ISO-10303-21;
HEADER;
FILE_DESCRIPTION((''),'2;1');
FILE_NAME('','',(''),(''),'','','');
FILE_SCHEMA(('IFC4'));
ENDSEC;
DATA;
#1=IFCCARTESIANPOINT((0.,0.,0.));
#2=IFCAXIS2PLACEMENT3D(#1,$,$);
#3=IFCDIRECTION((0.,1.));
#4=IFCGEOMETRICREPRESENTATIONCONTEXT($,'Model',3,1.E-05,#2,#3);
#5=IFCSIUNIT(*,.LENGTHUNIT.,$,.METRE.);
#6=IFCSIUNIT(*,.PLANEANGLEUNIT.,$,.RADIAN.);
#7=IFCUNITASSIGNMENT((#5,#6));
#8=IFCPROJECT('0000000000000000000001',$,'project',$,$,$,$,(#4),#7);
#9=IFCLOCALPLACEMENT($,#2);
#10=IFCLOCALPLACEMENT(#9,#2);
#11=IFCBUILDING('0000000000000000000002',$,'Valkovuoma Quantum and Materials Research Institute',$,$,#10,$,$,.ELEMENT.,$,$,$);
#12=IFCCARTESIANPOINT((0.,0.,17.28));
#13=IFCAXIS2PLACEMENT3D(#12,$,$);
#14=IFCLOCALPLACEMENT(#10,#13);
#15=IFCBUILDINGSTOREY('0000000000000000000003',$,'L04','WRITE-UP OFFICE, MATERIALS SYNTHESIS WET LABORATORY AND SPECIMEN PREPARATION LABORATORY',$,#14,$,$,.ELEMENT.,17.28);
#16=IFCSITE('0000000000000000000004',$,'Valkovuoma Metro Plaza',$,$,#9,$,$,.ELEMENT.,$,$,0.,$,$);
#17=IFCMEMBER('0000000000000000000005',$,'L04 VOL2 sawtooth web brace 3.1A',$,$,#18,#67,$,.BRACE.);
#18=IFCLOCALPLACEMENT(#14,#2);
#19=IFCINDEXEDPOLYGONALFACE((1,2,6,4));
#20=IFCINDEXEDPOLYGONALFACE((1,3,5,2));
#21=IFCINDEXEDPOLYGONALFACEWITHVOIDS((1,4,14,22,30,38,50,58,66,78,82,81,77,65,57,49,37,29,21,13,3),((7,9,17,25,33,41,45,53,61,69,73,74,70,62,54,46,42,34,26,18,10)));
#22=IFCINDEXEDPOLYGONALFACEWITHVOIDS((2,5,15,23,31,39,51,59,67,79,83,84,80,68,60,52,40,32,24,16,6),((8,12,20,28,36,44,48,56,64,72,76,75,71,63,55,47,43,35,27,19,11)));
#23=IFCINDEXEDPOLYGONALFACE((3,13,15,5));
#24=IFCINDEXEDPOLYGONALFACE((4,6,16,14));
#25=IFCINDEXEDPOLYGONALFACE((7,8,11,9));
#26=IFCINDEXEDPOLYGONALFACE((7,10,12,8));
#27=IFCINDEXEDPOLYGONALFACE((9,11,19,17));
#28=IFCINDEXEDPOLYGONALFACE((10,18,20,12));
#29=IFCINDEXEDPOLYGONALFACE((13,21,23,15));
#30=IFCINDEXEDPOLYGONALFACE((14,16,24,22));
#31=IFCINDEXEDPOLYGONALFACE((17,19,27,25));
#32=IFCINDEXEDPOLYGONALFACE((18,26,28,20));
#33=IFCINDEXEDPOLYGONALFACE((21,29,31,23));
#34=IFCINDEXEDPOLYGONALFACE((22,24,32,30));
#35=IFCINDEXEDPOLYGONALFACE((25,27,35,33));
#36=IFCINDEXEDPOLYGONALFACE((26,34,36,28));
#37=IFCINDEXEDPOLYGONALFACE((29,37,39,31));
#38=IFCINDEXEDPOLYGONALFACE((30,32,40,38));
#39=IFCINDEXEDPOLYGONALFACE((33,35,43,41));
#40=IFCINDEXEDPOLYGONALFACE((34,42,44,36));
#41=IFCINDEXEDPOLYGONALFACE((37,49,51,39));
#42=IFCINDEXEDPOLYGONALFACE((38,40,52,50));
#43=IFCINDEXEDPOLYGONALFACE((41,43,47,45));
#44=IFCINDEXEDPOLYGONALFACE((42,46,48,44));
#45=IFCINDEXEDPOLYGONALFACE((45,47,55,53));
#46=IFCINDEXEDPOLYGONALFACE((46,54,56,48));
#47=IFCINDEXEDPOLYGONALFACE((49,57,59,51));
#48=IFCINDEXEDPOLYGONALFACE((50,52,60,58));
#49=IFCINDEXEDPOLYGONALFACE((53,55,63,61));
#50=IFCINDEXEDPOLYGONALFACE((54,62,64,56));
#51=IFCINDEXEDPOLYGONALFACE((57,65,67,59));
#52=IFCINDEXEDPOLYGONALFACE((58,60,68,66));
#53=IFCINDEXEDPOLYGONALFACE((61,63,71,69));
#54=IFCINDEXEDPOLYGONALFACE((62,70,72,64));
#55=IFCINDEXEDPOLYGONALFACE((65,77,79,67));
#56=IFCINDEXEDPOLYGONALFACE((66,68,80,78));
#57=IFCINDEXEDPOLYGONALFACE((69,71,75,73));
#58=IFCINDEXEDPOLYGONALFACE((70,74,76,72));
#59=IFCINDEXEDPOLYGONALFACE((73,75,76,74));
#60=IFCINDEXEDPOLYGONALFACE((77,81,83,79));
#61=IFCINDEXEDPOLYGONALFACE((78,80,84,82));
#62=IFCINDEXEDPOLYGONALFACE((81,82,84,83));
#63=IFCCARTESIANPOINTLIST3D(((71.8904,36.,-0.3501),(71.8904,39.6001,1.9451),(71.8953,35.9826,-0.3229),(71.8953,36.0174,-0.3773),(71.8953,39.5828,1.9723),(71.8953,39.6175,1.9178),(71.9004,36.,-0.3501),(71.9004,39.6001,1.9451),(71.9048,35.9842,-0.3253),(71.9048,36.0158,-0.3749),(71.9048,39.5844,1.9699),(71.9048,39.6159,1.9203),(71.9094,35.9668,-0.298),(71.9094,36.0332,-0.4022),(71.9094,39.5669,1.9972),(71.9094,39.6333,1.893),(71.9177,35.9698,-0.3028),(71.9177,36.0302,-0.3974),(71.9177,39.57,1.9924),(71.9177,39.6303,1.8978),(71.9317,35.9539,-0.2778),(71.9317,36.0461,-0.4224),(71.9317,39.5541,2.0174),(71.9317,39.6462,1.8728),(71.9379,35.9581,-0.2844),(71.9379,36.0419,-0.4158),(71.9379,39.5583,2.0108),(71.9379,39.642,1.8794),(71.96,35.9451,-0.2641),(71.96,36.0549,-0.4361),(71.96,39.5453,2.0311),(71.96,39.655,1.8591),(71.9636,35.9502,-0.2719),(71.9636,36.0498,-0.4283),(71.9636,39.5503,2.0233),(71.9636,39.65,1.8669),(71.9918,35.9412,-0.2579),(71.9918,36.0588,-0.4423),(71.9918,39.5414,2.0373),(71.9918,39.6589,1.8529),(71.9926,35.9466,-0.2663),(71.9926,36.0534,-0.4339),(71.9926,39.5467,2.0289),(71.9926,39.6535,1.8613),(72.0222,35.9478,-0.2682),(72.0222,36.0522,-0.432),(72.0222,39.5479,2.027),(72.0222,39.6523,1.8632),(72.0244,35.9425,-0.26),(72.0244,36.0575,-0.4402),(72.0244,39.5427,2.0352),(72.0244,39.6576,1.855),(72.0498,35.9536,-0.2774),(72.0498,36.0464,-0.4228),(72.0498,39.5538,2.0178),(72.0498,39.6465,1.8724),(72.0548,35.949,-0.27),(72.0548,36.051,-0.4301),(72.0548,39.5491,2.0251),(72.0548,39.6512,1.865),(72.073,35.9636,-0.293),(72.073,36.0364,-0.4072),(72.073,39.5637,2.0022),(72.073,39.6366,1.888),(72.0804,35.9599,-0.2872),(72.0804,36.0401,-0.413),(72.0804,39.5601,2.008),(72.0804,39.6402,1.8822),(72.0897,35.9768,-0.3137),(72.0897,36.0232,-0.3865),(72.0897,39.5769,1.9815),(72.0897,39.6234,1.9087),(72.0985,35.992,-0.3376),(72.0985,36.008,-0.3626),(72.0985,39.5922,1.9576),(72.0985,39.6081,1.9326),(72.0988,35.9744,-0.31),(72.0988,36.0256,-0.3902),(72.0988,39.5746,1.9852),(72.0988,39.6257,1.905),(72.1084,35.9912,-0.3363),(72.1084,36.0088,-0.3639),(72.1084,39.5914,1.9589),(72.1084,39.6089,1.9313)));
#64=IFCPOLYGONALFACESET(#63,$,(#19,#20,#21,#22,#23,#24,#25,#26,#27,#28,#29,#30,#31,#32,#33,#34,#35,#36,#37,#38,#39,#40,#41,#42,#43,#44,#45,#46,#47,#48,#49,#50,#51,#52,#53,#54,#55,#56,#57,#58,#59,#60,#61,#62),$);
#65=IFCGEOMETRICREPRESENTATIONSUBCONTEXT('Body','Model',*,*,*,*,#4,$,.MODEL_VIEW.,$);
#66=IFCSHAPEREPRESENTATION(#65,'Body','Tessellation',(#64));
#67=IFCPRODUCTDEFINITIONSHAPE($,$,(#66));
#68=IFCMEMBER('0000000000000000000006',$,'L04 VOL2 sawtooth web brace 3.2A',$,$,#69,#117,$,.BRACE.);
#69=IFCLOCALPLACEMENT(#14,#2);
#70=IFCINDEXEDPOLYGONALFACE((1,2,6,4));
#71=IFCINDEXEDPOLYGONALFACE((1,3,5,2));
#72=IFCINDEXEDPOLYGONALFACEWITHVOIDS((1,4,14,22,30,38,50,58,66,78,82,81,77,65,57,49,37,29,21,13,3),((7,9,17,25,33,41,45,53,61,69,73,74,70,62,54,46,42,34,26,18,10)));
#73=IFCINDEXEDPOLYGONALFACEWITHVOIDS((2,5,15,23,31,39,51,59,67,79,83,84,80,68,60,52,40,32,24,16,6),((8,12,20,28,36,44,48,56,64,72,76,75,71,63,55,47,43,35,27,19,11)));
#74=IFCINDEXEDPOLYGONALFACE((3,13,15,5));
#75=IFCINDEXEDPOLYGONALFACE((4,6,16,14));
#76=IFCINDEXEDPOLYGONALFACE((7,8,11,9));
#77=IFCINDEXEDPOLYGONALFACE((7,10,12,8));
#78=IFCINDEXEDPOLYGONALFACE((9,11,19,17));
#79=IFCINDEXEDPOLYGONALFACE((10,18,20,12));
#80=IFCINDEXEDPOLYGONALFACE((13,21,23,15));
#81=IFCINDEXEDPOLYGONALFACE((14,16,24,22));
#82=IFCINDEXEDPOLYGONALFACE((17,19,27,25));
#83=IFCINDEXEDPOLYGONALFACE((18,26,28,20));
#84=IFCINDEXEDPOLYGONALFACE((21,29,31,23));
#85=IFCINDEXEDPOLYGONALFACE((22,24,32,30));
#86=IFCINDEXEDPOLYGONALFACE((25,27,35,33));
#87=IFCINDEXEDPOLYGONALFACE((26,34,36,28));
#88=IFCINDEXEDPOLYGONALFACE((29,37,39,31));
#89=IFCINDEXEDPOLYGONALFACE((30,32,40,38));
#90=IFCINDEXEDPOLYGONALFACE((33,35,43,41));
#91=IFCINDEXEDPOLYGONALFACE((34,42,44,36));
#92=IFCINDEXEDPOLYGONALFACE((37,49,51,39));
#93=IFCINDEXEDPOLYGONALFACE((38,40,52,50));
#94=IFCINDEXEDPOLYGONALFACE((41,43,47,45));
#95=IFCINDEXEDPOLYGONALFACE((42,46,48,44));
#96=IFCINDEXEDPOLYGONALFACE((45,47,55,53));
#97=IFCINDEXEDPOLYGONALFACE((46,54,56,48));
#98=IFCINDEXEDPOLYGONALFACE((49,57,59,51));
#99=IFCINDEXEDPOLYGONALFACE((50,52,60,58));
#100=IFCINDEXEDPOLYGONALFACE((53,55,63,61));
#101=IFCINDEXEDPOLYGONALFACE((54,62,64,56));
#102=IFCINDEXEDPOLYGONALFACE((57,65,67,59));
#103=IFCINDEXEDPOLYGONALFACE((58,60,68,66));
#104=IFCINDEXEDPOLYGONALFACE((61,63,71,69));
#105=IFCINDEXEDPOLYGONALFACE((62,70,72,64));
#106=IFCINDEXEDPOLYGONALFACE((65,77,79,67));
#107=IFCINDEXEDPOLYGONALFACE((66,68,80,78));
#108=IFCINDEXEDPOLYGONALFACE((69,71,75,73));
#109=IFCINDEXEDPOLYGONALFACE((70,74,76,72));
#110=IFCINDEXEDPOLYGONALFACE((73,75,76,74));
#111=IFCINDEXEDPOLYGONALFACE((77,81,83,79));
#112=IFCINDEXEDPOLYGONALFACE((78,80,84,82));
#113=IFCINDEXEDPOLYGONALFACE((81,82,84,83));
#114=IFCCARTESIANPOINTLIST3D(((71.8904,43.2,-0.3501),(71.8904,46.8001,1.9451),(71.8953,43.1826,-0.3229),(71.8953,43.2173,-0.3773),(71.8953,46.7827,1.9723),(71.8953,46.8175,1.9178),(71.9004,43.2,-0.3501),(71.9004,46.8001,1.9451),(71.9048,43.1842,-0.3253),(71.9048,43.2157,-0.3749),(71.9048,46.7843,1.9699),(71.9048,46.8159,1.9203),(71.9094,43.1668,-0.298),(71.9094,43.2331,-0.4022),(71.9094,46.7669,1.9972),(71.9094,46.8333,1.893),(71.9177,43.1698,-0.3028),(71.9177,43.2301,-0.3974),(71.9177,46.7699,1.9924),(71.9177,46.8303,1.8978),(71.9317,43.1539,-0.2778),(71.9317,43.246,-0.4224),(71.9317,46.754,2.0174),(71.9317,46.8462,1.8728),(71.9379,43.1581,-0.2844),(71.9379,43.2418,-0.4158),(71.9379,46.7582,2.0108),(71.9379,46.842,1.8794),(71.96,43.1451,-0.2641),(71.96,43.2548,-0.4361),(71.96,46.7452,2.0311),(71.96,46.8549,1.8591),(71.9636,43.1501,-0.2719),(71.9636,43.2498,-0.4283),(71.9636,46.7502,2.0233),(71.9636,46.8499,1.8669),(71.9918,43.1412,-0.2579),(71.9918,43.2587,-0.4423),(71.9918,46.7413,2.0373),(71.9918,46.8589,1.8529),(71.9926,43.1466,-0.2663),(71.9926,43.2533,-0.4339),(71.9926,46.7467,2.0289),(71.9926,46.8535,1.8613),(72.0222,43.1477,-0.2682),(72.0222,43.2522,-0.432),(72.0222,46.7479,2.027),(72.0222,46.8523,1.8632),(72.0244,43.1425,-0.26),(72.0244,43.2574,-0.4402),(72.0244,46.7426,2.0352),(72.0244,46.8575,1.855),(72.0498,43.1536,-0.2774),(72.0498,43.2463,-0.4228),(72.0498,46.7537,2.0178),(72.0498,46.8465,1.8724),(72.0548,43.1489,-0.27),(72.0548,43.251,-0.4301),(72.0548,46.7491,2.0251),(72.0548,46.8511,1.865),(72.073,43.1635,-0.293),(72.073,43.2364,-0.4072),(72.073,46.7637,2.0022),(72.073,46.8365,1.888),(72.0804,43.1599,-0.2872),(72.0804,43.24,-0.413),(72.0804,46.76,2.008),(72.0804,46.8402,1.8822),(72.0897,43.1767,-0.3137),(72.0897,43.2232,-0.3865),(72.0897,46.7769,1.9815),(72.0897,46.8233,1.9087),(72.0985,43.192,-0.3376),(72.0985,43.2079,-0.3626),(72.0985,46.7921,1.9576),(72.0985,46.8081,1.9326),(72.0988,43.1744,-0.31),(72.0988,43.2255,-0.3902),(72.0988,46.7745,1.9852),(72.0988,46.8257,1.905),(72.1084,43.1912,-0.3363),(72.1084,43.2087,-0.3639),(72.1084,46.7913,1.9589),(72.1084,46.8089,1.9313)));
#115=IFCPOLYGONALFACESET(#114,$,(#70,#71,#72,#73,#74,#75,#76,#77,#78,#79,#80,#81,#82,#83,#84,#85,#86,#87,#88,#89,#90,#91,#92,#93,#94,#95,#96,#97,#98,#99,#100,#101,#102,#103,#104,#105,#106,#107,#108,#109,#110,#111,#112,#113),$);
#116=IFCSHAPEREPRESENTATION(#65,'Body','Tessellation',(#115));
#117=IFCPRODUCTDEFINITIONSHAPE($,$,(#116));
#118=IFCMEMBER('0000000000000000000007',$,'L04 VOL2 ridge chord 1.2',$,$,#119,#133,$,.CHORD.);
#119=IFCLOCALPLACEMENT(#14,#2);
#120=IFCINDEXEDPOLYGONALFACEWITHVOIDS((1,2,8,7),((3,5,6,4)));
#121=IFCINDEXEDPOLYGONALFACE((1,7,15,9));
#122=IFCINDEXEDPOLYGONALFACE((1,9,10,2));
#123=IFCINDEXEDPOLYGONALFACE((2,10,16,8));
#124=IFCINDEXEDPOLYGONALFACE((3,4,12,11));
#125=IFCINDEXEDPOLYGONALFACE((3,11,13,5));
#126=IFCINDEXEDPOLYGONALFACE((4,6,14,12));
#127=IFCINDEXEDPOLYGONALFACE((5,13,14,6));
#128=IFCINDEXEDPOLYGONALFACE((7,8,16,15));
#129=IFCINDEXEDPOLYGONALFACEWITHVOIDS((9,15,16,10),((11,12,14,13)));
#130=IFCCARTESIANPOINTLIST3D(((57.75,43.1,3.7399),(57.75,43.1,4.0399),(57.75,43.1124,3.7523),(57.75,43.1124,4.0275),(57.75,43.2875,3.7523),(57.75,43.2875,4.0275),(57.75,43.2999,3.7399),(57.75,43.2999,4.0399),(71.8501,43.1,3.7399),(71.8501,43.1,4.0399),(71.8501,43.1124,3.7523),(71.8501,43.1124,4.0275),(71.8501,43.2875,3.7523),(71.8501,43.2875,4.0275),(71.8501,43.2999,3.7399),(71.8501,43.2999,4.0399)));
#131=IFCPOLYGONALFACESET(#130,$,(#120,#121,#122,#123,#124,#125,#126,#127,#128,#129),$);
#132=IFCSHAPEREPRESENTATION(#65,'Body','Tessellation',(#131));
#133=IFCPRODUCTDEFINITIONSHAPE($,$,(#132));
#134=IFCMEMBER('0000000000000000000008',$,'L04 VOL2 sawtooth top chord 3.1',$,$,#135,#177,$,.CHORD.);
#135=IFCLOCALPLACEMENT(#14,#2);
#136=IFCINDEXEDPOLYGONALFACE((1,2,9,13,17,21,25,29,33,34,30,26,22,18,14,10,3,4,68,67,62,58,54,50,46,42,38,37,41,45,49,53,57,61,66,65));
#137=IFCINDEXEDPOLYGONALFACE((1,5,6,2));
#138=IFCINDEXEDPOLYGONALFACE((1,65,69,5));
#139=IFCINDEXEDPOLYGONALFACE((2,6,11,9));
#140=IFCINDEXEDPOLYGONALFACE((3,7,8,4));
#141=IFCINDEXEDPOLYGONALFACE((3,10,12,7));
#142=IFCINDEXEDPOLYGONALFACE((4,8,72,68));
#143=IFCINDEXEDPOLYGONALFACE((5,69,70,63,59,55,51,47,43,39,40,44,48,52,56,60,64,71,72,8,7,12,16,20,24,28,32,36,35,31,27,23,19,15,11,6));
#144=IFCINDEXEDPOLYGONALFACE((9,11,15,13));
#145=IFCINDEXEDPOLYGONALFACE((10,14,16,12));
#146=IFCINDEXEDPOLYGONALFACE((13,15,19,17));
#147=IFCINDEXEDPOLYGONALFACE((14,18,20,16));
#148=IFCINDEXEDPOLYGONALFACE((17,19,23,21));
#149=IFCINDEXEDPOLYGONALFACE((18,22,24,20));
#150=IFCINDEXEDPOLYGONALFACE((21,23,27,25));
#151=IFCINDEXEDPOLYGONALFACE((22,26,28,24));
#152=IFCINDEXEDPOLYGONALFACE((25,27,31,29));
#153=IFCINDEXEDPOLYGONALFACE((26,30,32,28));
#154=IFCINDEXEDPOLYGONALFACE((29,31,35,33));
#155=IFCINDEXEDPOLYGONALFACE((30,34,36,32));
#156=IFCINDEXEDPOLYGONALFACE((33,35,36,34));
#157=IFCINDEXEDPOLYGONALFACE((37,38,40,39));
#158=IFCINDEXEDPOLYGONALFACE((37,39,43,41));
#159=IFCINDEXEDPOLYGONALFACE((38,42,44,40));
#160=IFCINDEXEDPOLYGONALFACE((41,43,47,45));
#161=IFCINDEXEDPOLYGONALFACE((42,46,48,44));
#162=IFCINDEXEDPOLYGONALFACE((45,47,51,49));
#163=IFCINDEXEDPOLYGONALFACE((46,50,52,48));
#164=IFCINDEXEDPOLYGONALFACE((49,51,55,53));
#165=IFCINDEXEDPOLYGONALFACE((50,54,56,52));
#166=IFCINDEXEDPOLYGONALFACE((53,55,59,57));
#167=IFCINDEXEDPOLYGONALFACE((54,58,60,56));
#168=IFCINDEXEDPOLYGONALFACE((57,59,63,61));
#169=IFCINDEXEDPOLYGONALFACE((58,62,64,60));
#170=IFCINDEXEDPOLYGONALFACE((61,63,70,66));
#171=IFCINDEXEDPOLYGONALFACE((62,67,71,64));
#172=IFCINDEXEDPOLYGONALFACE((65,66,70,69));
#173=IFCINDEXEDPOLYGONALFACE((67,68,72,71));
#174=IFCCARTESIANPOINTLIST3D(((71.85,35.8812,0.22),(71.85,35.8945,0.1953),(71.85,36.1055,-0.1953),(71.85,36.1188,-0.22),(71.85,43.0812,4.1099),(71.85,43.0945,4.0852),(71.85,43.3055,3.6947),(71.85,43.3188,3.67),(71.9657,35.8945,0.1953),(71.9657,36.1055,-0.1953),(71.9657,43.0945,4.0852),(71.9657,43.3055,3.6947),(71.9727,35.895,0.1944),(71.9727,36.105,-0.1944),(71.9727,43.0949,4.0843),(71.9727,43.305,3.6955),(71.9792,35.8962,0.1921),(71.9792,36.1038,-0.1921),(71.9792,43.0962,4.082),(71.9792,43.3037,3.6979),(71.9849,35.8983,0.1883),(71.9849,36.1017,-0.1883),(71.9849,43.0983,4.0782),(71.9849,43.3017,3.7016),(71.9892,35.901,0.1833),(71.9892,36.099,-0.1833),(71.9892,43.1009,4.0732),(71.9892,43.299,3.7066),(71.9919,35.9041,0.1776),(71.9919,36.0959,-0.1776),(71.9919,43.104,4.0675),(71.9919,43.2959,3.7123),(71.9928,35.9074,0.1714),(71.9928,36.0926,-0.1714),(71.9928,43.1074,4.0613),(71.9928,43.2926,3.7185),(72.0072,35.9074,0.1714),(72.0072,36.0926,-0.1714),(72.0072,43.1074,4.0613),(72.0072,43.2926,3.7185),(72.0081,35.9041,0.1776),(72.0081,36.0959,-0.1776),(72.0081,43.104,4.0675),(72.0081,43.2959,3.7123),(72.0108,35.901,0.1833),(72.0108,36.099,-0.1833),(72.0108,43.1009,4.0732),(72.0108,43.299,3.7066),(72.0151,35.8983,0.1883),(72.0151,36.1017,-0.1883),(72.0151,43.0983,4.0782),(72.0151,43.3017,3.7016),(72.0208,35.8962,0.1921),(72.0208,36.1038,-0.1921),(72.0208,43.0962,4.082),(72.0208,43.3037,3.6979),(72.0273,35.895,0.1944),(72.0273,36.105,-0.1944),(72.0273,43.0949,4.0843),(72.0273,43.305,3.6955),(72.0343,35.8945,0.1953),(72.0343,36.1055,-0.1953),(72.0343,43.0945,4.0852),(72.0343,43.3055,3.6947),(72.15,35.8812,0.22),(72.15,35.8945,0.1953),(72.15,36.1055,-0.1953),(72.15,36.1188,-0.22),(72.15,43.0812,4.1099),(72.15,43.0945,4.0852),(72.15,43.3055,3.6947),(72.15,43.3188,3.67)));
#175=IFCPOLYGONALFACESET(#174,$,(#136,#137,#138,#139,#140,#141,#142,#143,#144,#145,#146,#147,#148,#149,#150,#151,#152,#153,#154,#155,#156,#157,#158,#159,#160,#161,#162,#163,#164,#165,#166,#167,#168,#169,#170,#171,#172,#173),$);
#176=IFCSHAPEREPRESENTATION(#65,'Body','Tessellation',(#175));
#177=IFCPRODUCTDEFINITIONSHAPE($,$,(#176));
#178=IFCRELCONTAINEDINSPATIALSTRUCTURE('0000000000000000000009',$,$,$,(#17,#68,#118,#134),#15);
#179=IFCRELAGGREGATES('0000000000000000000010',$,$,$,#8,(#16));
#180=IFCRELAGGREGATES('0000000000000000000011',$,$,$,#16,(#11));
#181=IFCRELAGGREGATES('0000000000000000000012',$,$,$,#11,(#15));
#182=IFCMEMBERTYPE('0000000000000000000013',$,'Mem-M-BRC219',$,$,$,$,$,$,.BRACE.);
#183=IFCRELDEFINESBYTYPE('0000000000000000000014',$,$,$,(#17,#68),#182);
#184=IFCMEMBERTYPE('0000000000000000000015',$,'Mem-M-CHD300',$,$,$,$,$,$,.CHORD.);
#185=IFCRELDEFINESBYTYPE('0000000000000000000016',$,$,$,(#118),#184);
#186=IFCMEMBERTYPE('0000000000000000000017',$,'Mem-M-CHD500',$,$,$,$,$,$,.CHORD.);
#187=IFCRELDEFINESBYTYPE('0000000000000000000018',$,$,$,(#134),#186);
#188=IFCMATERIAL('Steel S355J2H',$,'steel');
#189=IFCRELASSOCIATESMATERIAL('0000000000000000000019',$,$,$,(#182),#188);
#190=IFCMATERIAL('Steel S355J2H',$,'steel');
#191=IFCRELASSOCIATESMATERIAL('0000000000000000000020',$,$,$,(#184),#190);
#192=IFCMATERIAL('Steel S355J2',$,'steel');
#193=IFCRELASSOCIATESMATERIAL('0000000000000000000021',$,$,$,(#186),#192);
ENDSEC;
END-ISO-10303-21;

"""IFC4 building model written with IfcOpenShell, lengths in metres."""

from ifc_helpers import new_model, si_unit, direction, frame, origin, origin_2d, place, context, subcontext, project, spatial, hollow_rectangle, hollow_circle, i_section, extrude, material, material_profile, profile_set, type_object, element, save


model = new_model("IFC4")

# Units and contexts
model_context = context("Model", 3, precision=1e-05, world=origin(), true_north=direction((0.0, 1.0)))
body_context = subcontext(model_context, "Body", "Model", "MODEL_VIEW")
ifc_project = project(units=[si_unit("LENGTHUNIT", "METRE"), si_unit("PLANEANGLEUNIT", "RADIAN")], contexts=[model_context])

# Site, building, storey
site_placement = place(None, origin())
site = spatial("IfcSite", under=ifc_project, at=site_placement, Name="Valkovuoma Metro Plaza", CompositionType="ELEMENT", RefElevation=0.0)
building_placement = place(site_placement, origin())
building = spatial("IfcBuilding", under=site, at=building_placement, Name="Valkovuoma Quantum and Materials Research Institute", CompositionType="ELEMENT")
storey_placement = place(building_placement, frame((0.0, 0.0, 17.28)))
storey = spatial("IfcBuildingStorey", under=building, at=storey_placement, Name="L04", Description="WRITE-UP OFFICE, MATERIALS SYNTHESIS WET LABORATORY AND SPECIMEN PREPARATION LABORATORY", CompositionType="ELEMENT", Elevation=17.28)

# Members
ifc_material_1 = material(Name="Steel S355J2H", Category="steel")
ifc_material_profile_1 = material_profile(ifc_material_1, hollow_circle(Radius=0.1096, WallThickness=0.01, at=origin_2d()), Name="Steel S355J2H")
ifc_profile_set_1 = profile_set([ifc_material_profile_1], Name="Steel S355J2H")
member_type_1 = type_object("IfcMemberType", Name="Mem-M-BRC219", PredefinedType="BRACE", material=ifc_profile_set_1)
for number, where, z_axis, x_axis, name in (
    (1, (72.0, 36.0, -0.3501), (0.0, 0.843216, 0.537575), (-1.0, 0.0, 0.0), "L04 VOL2 sawtooth web brace 3.1A"),
    (2, (72.0, 43.2, -0.3501), (0.0, 0.843216, 0.537575), (-1.0, 0.0, 0.0), "L04 VOL2 sawtooth web brace 3.2A"),
):
    element("IfcMember", number, at=place(storey_placement, frame(where, z_axis=z_axis, x_axis=x_axis)), inside=storey, type_object=member_type_1, Name=name, PredefinedType="BRACE", context=body_context, shape_type="SweptSolid", body=[
        extrude(hollow_circle(Radius=0.1096, WallThickness=0.01, at=origin_2d()), origin(), (0.0, 0.0, 1.0), 4.2695),
    ])
ifc_material_2 = material(Name="Steel S355J2H", Category="steel")
ifc_material_profile_2 = material_profile(ifc_material_2, hollow_rectangle(XDim=0.2, YDim=0.3, WallThickness=0.0125, at=origin_2d()), Name="Steel S355J2H")
ifc_profile_set_2 = profile_set([ifc_material_profile_2], Name="Steel S355J2H")
member_type_2 = type_object("IfcMemberType", Name="Mem-M-CHD300", PredefinedType="CHORD", material=ifc_profile_set_2)
member_1_placement = place(storey_placement, frame((57.75, 43.2, 3.8899), z_axis=(1.0, 0.0, 0.0), x_axis=(0.0, 1.0, 0.0)))
element("IfcMember", 3, at=member_1_placement, inside=storey, type_object=member_type_2, Name="L04 VOL2 ridge chord 1.2", PredefinedType="CHORD", context=body_context, shape_type="SweptSolid", body=[
    extrude(hollow_rectangle(XDim=0.2, YDim=0.3, WallThickness=0.0125, at=origin_2d()), origin(), (0.0, 0.0, 1.0), 14.1001),
])
ifc_material_3 = material(Name="Steel S355J2", Category="steel")
ifc_material_profile_3 = material_profile(ifc_material_3, i_section(OverallWidth=0.3, OverallDepth=0.5, WebThickness=0.0144, FlangeThickness=0.0281, FilletRadius=0.0271, at=origin_2d()), Name="Steel S355J2")
ifc_profile_set_3 = profile_set([ifc_material_profile_3], Name="Steel S355J2")
member_type_3 = type_object("IfcMemberType", Name="Mem-M-CHD500", PredefinedType="CHORD", material=ifc_profile_set_3)
for number, where, z_axis, x_axis, name in (
    (4, (72.0, 36.0, 0.0), (0.0, 0.879807, 0.47533), (-1.0, 0.0, 0.0), "L04 VOL2 sawtooth top chord 3.1"),
):
    element("IfcMember", number, at=place(storey_placement, frame(where, z_axis=z_axis, x_axis=x_axis)), inside=storey, type_object=member_type_3, Name=name, PredefinedType="CHORD", context=body_context, shape_type="SweptSolid", body=[
        extrude(i_section(OverallWidth=0.3, OverallDepth=0.5, WebThickness=0.0144, FlangeThickness=0.0281, FilletRadius=0.0271, at=origin_2d()), origin(), (0.0, 0.0, 1.0), 8.1836),
    ])

save(model, "model.ifc")
